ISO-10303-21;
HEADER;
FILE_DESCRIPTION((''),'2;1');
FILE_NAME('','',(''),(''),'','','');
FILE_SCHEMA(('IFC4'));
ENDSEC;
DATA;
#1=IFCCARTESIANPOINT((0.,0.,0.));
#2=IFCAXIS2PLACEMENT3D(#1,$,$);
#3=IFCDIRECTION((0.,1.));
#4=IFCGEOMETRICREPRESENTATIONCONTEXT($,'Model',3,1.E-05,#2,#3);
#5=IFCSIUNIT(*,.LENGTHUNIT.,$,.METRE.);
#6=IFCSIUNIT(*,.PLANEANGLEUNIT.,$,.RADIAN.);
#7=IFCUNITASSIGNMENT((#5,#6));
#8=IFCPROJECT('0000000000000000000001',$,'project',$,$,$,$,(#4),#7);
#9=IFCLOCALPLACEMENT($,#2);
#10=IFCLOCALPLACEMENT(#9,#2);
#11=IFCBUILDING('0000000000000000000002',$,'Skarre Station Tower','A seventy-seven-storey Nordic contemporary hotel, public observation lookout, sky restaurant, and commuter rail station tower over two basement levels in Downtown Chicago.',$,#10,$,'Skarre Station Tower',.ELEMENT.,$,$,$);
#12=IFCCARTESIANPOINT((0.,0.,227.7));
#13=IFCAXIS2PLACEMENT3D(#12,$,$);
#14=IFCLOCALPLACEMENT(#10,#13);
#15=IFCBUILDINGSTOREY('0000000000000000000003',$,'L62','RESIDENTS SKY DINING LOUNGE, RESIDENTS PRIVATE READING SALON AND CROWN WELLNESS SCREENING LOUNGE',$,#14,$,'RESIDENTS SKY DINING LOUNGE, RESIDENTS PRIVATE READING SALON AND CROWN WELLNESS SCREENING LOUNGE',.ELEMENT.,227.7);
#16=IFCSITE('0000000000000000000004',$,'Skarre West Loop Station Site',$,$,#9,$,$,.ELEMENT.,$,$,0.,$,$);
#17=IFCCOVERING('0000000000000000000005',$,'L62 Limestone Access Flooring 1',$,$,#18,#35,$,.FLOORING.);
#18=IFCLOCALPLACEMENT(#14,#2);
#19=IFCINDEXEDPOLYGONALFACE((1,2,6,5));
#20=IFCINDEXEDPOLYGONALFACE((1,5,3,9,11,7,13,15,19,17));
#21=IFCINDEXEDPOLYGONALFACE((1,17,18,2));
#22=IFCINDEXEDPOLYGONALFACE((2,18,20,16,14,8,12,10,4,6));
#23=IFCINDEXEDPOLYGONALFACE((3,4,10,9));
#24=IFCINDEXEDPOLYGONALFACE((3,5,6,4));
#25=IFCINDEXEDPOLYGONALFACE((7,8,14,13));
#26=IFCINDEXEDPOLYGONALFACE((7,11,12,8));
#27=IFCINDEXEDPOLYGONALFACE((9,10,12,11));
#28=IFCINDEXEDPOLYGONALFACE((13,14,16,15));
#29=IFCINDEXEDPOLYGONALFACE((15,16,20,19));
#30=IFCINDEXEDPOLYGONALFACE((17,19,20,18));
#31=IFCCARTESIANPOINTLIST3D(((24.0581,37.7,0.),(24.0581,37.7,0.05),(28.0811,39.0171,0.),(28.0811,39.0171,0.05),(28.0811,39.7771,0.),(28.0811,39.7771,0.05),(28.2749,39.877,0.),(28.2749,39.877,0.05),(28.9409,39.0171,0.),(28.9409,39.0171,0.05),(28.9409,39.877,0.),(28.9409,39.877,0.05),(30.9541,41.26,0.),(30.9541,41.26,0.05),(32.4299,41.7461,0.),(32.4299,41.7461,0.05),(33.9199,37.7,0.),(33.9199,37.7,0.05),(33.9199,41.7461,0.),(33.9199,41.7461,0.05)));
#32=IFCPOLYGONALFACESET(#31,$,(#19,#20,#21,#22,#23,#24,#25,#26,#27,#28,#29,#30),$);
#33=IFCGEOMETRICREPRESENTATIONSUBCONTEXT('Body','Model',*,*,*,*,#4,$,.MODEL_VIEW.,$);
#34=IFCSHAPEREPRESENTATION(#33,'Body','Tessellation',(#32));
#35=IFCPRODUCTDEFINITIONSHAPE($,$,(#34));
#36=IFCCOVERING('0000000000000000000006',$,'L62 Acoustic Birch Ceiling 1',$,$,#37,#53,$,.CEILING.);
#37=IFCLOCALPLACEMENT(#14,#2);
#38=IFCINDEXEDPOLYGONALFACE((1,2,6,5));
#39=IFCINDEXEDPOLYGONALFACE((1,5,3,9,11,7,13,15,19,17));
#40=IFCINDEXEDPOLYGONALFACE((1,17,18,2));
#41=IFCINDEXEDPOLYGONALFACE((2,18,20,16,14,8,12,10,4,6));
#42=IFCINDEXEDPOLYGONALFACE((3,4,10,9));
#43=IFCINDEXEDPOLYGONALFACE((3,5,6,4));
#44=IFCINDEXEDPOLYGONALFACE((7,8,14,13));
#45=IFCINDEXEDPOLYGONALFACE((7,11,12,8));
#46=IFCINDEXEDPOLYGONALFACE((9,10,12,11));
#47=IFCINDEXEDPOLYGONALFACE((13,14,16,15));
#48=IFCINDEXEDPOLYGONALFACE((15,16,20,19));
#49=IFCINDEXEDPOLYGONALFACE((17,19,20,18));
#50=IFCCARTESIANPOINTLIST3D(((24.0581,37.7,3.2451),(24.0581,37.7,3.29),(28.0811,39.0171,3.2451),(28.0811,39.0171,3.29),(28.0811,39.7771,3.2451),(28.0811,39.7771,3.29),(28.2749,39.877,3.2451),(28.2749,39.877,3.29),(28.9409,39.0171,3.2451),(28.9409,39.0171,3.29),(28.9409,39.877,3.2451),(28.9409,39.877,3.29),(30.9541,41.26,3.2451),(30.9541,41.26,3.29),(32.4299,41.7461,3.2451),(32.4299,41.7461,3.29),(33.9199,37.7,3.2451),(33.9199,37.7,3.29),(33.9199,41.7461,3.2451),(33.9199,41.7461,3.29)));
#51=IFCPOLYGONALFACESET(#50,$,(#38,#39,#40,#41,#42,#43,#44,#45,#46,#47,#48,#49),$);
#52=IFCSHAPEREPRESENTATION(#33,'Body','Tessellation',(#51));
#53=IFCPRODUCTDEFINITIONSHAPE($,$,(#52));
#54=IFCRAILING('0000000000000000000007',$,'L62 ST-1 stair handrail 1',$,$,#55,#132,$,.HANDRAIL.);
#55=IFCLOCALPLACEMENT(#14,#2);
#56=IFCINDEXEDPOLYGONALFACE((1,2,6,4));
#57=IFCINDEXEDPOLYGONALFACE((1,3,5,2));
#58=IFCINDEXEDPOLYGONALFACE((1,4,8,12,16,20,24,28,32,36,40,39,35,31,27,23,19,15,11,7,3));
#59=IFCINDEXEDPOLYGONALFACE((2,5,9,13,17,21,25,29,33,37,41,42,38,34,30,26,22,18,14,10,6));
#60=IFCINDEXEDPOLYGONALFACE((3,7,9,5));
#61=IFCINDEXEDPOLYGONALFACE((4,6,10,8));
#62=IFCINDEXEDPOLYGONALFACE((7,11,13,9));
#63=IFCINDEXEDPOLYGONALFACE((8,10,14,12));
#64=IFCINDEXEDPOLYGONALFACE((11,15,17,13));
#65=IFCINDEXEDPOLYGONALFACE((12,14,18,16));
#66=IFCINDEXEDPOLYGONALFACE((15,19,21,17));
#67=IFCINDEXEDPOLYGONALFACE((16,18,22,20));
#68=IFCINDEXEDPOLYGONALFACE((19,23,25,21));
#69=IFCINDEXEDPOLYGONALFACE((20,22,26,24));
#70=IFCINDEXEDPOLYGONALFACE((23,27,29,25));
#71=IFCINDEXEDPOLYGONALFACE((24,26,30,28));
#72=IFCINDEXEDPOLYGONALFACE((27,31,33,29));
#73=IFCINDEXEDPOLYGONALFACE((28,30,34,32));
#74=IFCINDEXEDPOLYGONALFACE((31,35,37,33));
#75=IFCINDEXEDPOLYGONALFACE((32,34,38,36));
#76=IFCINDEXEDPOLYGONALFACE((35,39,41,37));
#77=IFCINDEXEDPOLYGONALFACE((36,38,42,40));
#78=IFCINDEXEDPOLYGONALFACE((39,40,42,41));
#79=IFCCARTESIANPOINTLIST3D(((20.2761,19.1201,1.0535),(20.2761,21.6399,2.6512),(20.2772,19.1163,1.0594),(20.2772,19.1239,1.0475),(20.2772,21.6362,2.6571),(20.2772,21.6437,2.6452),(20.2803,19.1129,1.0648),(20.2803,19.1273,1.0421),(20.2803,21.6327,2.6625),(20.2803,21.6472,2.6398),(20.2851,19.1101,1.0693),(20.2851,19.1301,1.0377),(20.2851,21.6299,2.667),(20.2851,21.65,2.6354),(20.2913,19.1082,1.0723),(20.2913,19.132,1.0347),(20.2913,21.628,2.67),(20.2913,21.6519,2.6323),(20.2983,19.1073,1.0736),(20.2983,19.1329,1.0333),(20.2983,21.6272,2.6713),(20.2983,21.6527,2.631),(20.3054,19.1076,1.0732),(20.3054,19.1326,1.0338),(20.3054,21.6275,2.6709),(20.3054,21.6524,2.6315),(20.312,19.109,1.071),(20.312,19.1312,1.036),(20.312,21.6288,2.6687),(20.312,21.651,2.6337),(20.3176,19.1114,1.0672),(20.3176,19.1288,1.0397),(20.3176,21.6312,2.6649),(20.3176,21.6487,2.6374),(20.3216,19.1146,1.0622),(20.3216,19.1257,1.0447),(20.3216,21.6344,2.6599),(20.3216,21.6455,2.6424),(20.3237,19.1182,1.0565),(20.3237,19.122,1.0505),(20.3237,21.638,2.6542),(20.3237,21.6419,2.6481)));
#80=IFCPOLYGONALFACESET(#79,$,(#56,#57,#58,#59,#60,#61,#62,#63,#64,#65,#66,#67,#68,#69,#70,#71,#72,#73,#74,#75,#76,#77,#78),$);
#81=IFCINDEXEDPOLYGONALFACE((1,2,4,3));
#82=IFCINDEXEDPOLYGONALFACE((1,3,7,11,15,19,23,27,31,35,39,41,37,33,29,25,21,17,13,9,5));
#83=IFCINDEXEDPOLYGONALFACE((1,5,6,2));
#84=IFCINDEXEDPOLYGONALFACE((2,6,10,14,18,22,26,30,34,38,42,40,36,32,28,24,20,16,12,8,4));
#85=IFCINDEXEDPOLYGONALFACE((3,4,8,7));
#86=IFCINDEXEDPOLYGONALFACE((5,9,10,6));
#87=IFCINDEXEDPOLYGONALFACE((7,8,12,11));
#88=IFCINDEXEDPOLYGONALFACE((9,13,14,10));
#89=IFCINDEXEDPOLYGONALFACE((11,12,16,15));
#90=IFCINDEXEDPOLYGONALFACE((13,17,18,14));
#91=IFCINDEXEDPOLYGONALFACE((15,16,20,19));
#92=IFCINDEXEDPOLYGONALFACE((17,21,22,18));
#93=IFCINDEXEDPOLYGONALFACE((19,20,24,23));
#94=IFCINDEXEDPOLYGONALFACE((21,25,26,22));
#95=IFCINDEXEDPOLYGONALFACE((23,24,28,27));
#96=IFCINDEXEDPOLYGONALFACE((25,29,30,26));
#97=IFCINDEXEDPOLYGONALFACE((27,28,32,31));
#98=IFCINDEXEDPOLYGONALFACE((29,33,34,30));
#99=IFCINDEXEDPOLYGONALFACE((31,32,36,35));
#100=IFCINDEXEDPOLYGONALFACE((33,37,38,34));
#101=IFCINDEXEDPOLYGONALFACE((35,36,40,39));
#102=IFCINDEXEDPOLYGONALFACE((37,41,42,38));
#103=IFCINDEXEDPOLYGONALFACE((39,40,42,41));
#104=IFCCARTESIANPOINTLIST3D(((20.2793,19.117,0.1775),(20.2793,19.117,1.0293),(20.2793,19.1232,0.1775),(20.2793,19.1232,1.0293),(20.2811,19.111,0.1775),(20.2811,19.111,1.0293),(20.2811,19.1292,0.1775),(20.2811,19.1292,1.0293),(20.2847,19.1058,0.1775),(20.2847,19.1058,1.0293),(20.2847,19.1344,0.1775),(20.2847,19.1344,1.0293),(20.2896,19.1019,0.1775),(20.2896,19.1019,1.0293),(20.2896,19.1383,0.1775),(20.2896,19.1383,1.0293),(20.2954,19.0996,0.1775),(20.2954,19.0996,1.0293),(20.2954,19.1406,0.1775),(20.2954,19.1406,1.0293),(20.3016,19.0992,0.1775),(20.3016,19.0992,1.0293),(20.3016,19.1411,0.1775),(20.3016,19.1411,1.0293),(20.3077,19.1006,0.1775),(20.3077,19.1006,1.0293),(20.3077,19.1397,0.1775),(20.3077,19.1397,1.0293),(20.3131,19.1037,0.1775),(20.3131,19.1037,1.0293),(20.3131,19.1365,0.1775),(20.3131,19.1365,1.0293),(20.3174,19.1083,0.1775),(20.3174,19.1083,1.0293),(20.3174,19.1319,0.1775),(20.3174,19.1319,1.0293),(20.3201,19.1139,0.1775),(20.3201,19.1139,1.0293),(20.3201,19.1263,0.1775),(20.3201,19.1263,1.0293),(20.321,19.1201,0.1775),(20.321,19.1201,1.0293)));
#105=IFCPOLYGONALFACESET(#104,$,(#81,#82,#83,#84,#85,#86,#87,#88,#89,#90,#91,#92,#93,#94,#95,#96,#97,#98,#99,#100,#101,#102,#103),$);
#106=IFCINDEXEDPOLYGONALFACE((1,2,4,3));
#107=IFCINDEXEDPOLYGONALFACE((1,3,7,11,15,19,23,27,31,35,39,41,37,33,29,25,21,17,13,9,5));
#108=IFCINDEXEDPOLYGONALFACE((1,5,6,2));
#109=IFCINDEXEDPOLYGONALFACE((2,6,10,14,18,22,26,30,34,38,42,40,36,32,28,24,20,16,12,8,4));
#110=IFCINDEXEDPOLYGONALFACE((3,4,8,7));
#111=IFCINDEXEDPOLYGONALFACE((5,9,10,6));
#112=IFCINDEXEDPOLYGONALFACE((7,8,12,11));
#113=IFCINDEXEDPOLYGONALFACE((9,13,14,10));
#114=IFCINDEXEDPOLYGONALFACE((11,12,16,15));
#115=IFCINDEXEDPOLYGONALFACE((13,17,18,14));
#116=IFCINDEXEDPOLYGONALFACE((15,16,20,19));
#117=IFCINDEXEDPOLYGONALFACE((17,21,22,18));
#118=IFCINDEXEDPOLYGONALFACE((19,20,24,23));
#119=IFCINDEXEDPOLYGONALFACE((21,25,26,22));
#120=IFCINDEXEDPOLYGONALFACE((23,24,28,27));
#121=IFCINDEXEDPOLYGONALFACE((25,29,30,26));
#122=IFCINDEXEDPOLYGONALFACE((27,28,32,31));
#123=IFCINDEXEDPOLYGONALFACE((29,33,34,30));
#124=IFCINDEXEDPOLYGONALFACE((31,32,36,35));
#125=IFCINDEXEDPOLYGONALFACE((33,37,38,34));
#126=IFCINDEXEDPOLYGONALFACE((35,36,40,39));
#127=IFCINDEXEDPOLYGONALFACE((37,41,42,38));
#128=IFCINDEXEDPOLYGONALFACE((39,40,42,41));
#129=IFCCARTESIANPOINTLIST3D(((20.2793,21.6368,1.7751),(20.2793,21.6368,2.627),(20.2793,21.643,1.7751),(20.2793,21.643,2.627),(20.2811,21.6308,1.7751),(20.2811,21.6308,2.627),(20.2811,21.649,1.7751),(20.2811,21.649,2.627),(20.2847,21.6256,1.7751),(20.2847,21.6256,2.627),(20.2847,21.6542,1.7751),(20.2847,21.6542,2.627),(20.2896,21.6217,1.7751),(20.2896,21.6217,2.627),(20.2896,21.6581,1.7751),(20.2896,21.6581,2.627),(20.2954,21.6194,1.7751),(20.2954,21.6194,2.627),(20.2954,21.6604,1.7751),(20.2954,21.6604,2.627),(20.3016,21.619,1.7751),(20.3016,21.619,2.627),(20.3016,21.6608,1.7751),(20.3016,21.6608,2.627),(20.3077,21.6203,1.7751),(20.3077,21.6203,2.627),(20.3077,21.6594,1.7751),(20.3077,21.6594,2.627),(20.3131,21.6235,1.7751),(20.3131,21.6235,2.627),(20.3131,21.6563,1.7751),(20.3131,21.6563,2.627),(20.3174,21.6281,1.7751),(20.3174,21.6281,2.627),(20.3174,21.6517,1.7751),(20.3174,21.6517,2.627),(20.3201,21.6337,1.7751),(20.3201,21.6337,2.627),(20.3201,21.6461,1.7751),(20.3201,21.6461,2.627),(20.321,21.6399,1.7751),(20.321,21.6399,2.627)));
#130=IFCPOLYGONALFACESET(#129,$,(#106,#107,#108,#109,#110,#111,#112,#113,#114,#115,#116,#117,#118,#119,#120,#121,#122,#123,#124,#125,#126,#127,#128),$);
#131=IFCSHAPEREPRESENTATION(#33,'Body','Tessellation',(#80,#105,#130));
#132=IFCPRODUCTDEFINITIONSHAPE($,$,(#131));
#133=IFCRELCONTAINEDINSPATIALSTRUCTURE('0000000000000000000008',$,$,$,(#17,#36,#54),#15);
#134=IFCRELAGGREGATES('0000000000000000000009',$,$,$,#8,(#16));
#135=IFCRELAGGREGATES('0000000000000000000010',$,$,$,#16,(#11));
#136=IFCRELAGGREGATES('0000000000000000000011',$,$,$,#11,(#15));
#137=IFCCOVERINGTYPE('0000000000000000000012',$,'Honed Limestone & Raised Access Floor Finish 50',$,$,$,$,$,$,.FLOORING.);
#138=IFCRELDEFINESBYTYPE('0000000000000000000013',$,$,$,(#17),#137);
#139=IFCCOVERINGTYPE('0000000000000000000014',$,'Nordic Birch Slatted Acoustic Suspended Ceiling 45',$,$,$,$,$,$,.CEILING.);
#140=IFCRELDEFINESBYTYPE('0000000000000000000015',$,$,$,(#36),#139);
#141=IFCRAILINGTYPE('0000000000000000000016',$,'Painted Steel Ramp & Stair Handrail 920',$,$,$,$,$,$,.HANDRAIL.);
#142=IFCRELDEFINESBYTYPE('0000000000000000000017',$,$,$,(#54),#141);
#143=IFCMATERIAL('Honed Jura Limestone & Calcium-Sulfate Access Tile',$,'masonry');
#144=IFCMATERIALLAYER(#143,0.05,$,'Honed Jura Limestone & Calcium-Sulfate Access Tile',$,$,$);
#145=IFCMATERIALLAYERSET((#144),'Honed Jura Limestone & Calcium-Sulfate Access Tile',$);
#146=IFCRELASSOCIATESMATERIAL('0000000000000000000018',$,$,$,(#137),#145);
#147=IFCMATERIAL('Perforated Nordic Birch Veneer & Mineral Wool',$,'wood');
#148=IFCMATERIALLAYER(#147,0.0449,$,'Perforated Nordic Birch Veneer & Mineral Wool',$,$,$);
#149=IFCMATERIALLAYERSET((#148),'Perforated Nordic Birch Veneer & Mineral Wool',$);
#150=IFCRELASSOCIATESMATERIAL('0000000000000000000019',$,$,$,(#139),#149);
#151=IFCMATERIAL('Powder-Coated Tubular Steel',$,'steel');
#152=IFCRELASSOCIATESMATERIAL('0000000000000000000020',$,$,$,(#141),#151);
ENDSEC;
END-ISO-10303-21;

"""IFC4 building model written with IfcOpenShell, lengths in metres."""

from ifc_helpers import new_model, si_unit, direction, frame, origin, origin_2d, place, context, subcontext, project, spatial, polyline, circle, outline, extrude, material, layer, layer_set, type_object, element, save


model = new_model("IFC4")

# Units and contexts
model_context = context("Model", 3, precision=1e-05, world=origin(), true_north=direction((0.0, 1.0)))
body_context = subcontext(model_context, "Body", "Model", "MODEL_VIEW")
ifc_project = project(units=[si_unit("LENGTHUNIT", "METRE"), si_unit("PLANEANGLEUNIT", "RADIAN")], contexts=[model_context])

# Site, building, storey
site_placement = place(None, origin())
site = spatial("IfcSite", under=ifc_project, at=site_placement, Name="Skarre West Loop Station Site", CompositionType="ELEMENT", RefElevation=0.0)
building_placement = place(site_placement, origin())
building = spatial("IfcBuilding", under=site, at=building_placement, Name="Skarre Station Tower", Description="A seventy-seven-storey Nordic contemporary hotel, public observation lookout, sky restaurant, and commuter rail station tower over two basement levels in Downtown Chicago.", LongName="Skarre Station Tower", CompositionType="ELEMENT")
storey_placement = place(building_placement, frame((0.0, 0.0, 227.7)))
storey = spatial("IfcBuildingStorey", under=building, at=storey_placement, Name="L62", Description="RESIDENTS SKY DINING LOUNGE, RESIDENTS PRIVATE READING SALON AND CROWN WELLNESS SCREENING LOUNGE", LongName="RESIDENTS SKY DINING LOUNGE, RESIDENTS PRIVATE READING SALON AND CROWN WELLNESS SCREENING LOUNGE", CompositionType="ELEMENT", Elevation=227.7)

# Coverings
ifc_material_1 = material(Name="Honed Jura Limestone & Calcium-Sulfate Access Tile", Category="masonry")
ifc_layer_1 = layer(ifc_material_1, 0.05, Name="Honed Jura Limestone & Calcium-Sulfate Access Tile")
ifc_layer_set_1 = layer_set([ifc_layer_1], Name="Honed Jura Limestone & Calcium-Sulfate Access Tile")
covering_type_1 = type_object("IfcCoveringType", Name="Honed Limestone & Raised Access Floor Finish 50", PredefinedType="FLOORING", material=ifc_layer_set_1)
covering_1_placement = place(storey_placement, origin())
element("IfcCovering", 1, at=covering_1_placement, inside=storey, type_object=covering_type_1, Name="L62 Limestone Access Flooring 1", PredefinedType="FLOORING", context=body_context, shape_type="SweptSolid", body=[
    extrude(outline(polyline([(33.9199, 41.7461), (32.4299, 41.7461), (30.9541, 41.26), (28.2749, 39.877), (28.9409, 39.877), (28.9409, 39.0171), (28.0811, 39.0171), (28.0811, 39.7771), (24.0581, 37.7), (33.9199, 37.7), (33.9199, 41.7461)])), origin(), (0.0, 0.0, 1.0), 0.05),
])
ifc_material_2 = material(Name="Perforated Nordic Birch Veneer & Mineral Wool", Category="wood")
ifc_layer_2 = layer(ifc_material_2, 0.0449, Name="Perforated Nordic Birch Veneer & Mineral Wool")
ifc_layer_set_2 = layer_set([ifc_layer_2], Name="Perforated Nordic Birch Veneer & Mineral Wool")
covering_type_2 = type_object("IfcCoveringType", Name="Nordic Birch Slatted Acoustic Suspended Ceiling 45", PredefinedType="CEILING", material=ifc_layer_set_2)
covering_2_placement = place(storey_placement, frame((0.0, 0.0, 3.2451)))
element("IfcCovering", 2, at=covering_2_placement, inside=storey, type_object=covering_type_2, Name="L62 Acoustic Birch Ceiling 1", PredefinedType="CEILING", context=body_context, shape_type="SweptSolid", body=[
    extrude(outline(polyline([(33.9199, 41.7461), (32.4299, 41.7461), (30.9541, 41.26), (28.2749, 39.877), (28.9409, 39.877), (28.9409, 39.0171), (28.0811, 39.0171), (28.0811, 39.7771), (24.0581, 37.7), (33.9199, 37.7), (33.9199, 41.7461)])), origin(), (0.0, 0.0, 1.0), 0.0449),
])

# Railing
ifc_material_3 = material(Name="Powder-Coated Tubular Steel", Category="steel")
railing_type_1 = type_object("IfcRailingType", Name="Painted Steel Ramp & Stair Handrail 920", PredefinedType="HANDRAIL", material=ifc_material_3)
railing_1_placement = place(storey_placement, frame((20.3, 19.1201, 0.1775)))
element("IfcRailing", 3, at=railing_1_placement, inside=storey, type_object=railing_type_1, Name="L62 ST-1 stair handrail 1", PredefinedType="HANDRAIL", context=body_context, shape_type="SweptSolid", body=[
    extrude(circle(Radius=0.0239, at=origin_2d()), frame((0.0, 0.0, 0.876), z_axis=(0.0, 0.844546, 0.535482), x_axis=(-1.0, 0.0, 0.0)), (0.0, 0.0, 1.0), 2.9836),
    extrude(circle(Radius=0.021, at=origin_2d()), origin(), (0.0, 0.0, 1.0), 0.8518),
    extrude(circle(Radius=0.021, at=origin_2d()), frame((0.0, 2.5198, 1.5977)), (0.0, 0.0, 1.0), 0.8518),
])

save(model, "model.ifc")
